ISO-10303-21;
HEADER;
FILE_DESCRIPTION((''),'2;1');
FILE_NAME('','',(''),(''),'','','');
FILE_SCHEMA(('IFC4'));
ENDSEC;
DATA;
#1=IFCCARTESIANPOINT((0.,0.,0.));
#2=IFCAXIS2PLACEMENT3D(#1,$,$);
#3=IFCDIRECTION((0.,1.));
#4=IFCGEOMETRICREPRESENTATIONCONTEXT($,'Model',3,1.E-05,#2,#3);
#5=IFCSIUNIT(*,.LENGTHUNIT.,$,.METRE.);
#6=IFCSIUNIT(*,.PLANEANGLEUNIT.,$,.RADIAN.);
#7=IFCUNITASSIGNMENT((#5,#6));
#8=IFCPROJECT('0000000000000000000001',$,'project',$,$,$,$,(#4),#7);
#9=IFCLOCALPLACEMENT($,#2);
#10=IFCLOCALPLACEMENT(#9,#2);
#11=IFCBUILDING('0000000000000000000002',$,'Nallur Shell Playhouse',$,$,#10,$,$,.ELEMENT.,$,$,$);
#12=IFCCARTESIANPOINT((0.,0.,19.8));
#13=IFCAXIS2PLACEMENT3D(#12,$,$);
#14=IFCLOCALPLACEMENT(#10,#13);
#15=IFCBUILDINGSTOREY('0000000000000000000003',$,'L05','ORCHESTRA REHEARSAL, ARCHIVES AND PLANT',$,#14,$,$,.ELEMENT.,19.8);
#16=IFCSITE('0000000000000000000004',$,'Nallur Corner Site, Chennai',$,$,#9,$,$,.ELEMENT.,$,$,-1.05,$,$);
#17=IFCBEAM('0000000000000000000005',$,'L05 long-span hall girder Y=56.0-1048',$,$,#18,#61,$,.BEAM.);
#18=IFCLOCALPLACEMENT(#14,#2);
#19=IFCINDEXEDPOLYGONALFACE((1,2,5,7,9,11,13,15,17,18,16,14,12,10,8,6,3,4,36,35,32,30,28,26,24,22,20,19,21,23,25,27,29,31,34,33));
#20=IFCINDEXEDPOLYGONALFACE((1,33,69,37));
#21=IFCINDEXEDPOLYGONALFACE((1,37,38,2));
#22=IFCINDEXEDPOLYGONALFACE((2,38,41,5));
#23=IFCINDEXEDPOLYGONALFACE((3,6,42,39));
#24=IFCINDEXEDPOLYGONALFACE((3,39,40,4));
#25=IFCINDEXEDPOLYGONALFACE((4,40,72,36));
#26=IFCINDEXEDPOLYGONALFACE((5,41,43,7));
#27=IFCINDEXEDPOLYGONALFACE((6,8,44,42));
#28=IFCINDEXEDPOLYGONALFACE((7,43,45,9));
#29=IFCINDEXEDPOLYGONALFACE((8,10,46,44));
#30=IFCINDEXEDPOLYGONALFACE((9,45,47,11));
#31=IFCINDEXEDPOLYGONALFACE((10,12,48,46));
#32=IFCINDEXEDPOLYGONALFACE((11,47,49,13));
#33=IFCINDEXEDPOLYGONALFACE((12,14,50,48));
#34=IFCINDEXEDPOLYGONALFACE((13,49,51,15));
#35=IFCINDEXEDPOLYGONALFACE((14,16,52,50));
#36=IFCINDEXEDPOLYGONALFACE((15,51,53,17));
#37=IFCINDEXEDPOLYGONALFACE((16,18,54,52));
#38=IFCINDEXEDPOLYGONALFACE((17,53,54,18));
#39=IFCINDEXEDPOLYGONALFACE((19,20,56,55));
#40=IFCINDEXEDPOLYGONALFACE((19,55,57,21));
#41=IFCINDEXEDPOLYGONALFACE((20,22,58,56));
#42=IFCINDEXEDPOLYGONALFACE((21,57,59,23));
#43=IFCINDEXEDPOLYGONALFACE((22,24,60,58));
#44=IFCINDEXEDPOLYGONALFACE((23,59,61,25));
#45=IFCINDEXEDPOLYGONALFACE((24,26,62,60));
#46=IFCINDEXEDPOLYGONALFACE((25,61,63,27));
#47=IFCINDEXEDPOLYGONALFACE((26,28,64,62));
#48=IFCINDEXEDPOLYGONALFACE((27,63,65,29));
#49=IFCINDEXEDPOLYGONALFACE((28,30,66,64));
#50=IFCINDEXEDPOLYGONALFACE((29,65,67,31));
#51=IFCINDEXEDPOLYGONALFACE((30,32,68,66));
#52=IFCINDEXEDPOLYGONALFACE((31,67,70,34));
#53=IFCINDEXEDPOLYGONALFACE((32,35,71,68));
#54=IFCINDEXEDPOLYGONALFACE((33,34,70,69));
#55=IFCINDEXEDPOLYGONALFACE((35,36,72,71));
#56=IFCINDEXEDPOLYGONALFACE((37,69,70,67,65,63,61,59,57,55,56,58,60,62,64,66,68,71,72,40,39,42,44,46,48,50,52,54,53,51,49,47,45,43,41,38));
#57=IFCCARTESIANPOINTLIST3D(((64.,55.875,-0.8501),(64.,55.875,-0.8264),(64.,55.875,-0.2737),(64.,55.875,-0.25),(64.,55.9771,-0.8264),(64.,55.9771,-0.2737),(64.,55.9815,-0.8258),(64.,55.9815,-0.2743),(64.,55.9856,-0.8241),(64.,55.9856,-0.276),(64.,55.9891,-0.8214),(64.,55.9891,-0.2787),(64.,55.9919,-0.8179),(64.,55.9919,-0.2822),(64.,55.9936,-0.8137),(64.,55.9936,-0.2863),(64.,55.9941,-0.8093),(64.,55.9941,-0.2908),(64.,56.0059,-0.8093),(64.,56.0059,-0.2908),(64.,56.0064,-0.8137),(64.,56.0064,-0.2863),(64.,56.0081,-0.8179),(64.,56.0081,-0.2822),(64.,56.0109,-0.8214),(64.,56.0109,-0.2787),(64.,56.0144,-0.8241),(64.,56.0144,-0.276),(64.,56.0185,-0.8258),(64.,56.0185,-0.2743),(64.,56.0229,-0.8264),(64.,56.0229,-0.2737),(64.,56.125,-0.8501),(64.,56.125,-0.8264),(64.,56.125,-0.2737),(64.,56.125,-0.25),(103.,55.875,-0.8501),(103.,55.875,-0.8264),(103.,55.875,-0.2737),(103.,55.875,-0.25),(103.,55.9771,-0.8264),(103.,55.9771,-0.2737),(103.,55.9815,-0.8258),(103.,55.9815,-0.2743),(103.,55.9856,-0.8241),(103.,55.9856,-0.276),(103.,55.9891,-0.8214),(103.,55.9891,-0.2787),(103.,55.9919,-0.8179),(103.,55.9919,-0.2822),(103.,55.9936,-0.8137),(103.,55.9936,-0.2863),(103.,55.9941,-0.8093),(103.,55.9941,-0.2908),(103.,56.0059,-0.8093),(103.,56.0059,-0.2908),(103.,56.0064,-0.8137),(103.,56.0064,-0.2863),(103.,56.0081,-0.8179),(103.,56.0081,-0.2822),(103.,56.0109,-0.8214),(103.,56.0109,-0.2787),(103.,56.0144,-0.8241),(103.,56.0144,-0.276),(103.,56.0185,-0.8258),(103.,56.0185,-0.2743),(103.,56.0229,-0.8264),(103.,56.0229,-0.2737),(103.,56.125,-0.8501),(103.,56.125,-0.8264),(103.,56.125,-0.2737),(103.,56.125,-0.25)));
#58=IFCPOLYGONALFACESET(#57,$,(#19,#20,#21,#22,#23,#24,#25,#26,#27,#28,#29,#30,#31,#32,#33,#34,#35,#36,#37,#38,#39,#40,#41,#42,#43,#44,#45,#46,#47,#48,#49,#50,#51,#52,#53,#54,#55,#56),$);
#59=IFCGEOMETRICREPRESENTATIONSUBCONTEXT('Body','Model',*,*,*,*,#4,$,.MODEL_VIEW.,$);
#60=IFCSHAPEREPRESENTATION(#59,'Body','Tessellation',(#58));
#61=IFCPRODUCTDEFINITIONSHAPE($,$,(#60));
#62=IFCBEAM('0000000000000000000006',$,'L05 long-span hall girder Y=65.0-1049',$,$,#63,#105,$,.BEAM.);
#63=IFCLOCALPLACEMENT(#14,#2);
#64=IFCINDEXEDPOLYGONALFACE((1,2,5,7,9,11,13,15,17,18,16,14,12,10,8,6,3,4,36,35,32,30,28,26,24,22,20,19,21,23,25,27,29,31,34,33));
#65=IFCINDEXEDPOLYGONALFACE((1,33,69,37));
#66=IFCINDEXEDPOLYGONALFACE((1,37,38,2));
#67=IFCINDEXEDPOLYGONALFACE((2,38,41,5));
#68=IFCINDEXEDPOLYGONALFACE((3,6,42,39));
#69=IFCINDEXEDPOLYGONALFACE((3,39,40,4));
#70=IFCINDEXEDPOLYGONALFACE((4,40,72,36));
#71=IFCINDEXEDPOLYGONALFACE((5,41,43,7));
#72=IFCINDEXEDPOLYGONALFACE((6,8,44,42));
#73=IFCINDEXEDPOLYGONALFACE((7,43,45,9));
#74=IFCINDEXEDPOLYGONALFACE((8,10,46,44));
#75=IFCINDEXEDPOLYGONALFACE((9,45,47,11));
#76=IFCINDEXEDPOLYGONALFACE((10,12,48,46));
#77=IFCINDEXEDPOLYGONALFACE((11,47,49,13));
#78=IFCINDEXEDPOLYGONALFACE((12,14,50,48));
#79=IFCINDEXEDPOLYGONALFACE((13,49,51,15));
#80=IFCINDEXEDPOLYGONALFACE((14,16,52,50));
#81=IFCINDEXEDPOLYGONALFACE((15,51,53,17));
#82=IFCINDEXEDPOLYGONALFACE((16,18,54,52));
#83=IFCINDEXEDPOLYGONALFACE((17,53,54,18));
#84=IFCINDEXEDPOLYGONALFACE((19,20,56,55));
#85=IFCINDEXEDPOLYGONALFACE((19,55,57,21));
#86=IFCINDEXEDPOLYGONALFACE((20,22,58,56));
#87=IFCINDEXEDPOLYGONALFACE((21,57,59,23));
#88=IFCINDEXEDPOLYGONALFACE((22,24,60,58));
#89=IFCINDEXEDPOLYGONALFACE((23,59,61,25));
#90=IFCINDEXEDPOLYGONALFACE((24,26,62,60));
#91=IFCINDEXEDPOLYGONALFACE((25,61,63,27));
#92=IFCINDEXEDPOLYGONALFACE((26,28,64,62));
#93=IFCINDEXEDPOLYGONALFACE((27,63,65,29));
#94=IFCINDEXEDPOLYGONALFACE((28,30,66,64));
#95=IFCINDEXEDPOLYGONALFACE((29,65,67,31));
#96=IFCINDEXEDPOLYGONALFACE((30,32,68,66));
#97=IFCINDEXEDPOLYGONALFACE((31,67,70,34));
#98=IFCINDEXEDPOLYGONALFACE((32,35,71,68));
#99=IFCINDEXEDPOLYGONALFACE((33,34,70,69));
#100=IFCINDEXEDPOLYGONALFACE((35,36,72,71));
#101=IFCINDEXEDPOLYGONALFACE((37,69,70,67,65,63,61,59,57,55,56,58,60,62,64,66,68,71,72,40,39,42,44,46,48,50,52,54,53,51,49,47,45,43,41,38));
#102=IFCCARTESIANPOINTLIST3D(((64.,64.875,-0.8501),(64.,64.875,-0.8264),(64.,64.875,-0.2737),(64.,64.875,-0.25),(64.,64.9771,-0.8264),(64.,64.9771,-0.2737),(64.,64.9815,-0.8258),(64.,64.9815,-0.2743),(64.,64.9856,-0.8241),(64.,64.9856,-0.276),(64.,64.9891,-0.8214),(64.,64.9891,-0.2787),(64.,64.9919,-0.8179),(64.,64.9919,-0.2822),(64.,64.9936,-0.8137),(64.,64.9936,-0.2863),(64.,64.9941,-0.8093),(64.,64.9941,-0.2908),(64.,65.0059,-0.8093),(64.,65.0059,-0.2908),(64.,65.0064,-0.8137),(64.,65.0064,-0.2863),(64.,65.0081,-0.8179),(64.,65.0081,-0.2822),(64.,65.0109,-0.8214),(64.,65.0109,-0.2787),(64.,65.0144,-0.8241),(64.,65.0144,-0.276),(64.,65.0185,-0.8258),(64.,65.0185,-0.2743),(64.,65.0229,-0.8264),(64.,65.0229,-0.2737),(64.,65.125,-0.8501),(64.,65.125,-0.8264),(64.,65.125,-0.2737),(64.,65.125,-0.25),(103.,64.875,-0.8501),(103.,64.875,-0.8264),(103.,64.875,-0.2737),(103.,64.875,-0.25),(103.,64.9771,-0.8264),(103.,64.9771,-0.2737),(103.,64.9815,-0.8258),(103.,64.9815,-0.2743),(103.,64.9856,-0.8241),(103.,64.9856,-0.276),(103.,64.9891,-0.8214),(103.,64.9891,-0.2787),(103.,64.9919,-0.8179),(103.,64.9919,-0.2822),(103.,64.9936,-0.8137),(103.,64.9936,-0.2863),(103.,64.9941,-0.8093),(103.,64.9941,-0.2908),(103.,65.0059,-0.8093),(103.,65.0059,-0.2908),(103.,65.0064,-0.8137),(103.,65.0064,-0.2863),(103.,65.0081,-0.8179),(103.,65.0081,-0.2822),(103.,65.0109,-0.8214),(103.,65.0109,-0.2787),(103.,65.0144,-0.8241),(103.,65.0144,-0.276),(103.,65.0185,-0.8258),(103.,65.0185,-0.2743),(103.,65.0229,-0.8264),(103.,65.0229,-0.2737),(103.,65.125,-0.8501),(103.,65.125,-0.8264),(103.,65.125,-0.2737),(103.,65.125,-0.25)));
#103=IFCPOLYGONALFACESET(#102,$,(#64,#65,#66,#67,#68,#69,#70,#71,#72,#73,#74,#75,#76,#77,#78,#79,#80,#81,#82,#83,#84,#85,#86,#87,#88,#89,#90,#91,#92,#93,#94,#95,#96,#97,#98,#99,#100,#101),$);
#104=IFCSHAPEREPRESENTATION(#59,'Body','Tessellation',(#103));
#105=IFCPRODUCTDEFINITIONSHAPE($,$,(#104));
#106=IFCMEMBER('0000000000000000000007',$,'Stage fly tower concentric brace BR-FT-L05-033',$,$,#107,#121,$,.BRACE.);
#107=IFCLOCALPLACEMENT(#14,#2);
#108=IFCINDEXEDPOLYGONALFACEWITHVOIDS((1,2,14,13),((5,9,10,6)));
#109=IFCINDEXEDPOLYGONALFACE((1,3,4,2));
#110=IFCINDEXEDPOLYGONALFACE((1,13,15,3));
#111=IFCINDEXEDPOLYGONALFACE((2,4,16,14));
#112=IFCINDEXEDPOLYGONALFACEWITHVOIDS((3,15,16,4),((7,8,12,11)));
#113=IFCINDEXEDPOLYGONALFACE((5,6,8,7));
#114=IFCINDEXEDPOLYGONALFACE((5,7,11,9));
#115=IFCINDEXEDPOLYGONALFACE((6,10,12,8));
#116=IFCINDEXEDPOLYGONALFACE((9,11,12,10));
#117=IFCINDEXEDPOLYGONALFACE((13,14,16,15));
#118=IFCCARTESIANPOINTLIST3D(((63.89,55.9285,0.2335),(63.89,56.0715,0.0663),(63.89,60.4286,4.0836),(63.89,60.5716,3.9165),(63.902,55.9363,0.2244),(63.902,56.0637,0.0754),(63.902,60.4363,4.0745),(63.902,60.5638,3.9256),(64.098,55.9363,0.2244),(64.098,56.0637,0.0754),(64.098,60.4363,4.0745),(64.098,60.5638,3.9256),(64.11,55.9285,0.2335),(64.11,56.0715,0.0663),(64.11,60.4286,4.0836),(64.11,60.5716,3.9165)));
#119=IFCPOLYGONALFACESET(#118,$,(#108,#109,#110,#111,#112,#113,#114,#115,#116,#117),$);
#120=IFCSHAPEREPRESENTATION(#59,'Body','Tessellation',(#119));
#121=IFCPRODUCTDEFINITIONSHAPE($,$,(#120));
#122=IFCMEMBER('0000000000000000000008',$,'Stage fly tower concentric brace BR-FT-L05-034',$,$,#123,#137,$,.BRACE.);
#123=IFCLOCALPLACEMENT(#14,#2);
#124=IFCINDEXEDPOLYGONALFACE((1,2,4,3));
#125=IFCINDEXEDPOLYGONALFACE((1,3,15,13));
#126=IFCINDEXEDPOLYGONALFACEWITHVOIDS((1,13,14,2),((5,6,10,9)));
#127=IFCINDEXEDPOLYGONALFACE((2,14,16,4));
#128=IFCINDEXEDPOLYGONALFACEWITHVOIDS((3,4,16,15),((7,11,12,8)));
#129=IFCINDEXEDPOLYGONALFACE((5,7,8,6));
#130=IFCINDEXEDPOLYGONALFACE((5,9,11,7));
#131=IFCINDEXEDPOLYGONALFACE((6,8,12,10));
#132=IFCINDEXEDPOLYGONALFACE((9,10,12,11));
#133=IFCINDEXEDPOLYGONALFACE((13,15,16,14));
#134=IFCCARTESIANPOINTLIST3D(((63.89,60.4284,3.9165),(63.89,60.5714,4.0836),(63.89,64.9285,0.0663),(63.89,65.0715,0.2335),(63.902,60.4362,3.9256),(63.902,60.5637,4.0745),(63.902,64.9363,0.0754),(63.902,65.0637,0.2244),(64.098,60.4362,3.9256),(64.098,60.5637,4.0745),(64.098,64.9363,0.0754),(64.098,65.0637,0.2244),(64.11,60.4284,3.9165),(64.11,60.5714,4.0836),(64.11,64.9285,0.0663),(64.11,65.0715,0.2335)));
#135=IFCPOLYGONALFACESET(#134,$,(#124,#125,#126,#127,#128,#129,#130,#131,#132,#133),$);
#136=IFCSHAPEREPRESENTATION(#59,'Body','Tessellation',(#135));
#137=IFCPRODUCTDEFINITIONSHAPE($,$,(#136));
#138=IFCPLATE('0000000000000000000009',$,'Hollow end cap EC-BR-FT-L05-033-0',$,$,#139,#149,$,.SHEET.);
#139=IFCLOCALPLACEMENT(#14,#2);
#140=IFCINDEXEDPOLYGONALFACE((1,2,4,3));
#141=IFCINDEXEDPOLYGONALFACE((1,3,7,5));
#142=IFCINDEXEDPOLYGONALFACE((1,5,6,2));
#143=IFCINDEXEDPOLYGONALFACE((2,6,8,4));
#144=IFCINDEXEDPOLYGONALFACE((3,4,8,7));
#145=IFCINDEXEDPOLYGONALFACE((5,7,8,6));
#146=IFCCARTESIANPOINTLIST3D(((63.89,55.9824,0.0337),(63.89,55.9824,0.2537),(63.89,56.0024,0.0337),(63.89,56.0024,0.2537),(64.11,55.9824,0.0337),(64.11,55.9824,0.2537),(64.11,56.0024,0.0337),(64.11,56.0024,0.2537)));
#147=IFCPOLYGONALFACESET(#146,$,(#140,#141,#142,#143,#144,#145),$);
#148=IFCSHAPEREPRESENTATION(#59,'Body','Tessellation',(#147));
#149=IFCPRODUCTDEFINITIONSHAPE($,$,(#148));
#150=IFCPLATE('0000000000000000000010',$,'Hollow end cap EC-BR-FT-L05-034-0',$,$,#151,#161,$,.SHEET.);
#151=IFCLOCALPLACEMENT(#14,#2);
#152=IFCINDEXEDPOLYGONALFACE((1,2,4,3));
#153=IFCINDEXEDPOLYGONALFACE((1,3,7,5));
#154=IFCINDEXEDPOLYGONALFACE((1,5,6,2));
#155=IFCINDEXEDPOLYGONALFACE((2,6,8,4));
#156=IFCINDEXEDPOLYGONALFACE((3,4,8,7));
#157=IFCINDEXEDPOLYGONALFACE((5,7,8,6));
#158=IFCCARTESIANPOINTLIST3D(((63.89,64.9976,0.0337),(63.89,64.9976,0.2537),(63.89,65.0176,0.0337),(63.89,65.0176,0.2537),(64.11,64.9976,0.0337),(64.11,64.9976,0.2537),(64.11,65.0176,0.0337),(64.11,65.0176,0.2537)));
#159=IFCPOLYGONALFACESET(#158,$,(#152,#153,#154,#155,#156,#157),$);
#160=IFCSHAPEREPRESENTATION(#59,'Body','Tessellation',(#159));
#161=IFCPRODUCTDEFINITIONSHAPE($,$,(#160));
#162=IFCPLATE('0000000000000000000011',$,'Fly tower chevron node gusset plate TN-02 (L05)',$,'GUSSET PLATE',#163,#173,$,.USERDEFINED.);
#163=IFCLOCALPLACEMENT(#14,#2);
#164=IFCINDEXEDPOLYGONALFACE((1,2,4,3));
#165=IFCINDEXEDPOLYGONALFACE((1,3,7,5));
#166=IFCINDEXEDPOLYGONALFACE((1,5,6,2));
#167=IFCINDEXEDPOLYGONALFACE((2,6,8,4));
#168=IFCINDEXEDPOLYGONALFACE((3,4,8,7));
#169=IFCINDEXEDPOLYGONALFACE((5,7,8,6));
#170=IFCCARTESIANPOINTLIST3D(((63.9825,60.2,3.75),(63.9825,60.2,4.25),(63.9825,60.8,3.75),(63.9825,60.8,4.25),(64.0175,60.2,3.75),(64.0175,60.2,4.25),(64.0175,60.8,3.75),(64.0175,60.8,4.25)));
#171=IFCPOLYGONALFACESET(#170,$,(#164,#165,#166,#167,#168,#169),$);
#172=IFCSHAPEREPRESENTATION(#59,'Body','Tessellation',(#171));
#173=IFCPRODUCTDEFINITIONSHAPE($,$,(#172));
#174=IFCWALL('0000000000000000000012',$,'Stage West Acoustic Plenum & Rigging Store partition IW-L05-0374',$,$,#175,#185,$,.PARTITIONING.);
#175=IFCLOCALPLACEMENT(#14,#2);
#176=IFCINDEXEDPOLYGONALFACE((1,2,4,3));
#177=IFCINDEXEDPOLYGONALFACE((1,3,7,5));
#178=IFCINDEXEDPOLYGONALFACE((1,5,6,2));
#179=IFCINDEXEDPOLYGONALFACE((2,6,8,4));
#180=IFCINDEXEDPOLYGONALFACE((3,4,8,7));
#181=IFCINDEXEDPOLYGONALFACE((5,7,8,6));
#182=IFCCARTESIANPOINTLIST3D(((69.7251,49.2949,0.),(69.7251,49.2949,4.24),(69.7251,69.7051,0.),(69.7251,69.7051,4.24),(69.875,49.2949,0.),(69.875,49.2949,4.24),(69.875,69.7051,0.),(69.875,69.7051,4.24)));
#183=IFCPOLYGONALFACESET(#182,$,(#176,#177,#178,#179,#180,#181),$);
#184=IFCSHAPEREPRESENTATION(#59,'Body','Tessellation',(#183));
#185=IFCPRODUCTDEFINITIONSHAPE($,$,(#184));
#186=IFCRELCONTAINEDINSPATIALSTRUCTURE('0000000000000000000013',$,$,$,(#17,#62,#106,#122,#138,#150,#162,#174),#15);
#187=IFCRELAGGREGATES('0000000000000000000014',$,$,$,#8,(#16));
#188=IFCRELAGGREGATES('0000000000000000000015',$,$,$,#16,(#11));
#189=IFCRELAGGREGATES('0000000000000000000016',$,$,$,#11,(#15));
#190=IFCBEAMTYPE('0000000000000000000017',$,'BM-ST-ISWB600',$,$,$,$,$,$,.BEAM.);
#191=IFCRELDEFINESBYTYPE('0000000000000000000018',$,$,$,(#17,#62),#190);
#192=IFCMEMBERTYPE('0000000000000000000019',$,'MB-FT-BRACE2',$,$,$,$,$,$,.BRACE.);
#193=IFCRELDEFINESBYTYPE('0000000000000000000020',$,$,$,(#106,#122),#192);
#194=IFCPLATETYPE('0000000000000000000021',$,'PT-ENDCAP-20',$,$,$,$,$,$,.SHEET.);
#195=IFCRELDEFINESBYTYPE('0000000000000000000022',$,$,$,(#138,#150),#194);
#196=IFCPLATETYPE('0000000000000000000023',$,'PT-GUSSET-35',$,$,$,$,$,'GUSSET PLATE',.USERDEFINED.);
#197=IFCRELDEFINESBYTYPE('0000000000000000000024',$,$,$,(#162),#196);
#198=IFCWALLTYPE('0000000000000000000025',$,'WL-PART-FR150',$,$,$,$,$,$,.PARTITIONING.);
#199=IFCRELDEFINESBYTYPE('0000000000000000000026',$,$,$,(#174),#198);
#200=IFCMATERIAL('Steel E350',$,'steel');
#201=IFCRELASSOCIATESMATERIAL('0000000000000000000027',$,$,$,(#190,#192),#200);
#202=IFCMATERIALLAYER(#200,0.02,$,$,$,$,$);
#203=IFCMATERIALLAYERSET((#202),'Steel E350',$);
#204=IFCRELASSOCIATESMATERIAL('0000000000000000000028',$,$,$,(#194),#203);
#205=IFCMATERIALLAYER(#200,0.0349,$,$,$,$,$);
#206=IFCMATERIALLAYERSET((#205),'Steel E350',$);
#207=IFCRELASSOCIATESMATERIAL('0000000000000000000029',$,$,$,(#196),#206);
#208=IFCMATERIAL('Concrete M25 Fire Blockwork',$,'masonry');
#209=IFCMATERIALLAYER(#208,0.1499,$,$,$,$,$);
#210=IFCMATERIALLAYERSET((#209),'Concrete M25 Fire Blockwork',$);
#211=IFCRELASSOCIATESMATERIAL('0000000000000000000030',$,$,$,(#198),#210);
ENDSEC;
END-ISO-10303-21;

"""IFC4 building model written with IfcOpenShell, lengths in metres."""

from ifc_helpers import new_model, si_unit, direction, frame, frame_2d, origin, origin_2d, place, context, subcontext, project, spatial, rectangle, hollow_rectangle, i_section, extrude, material, layer, layer_set, material_profile, profile_set, type_object, element, save


model = new_model("IFC4")

# Units and contexts
model_context = context("Model", 3, precision=1e-05, world=origin(), true_north=direction((0.0, 1.0)))
body_context = subcontext(model_context, "Body", "Model", "MODEL_VIEW")
ifc_project = project(units=[si_unit("LENGTHUNIT", "METRE"), si_unit("PLANEANGLEUNIT", "RADIAN")], contexts=[model_context])

# Site, building, storey
site_placement = place(None, origin())
site = spatial("IfcSite", under=ifc_project, at=site_placement, Name="Nallur Corner Site, Chennai", CompositionType="ELEMENT", RefElevation=-1.05)
building_placement = place(site_placement, origin())
building = spatial("IfcBuilding", under=site, at=building_placement, Name="Nallur Shell Playhouse", CompositionType="ELEMENT")
storey_placement = place(building_placement, frame((0.0, 0.0, 19.8)))
storey = spatial("IfcBuildingStorey", under=building, at=storey_placement, Name="L05", Description="ORCHESTRA REHEARSAL, ARCHIVES AND PLANT", CompositionType="ELEMENT", Elevation=19.8)

# Shared definitions
ifc_material_1 = material(Name="Steel E350", Category="steel")

# Beams
ifc_material_profile_1 = material_profile(ifc_material_1, i_section(OverallWidth=0.25, OverallDepth=0.6001, WebThickness=0.0117, FlangeThickness=0.0237, FilletRadius=0.0171, at=origin_2d()), Name="ISWB 600")
ifc_profile_set_1 = profile_set([ifc_material_profile_1], Name="Steel E350")
beam_type_1 = type_object("IfcBeamType", Name="BM-ST-ISWB600", PredefinedType="BEAM", material=ifc_profile_set_1)
for number, where, z_axis, x_axis, name in (
    (1, (64.0, 56.0, -0.55), (1.0, 0.0, 0.0), (0.0, 1.0, 0.0), "L05 long-span hall girder Y=56.0-1048"),
    (2, (64.0, 65.0, -0.55), (1.0, 0.0, 0.0), (0.0, 1.0, 0.0), "L05 long-span hall girder Y=65.0-1049"),
):
    element("IfcBeam", number, at=place(storey_placement, frame(where, z_axis=z_axis, x_axis=x_axis)), inside=storey, type_object=beam_type_1, Name=name, PredefinedType="BEAM", context=body_context, shape_type="SweptSolid", body=[
        extrude(i_section(OverallWidth=0.25, OverallDepth=0.6001, WebThickness=0.0117, FlangeThickness=0.0237, FilletRadius=0.0171, at=origin_2d()), origin(), (0.0, 0.0, 1.0), 39.0),
    ])

# Members
ifc_material_profile_2 = material_profile(ifc_material_1, hollow_rectangle(XDim=0.22, YDim=0.22, WallThickness=0.012, at=origin_2d()), Name="SHS 220x220x12")
ifc_profile_set_2 = profile_set([ifc_material_profile_2], Name="Steel E350")
member_type = type_object("IfcMemberType", Name="MB-FT-BRACE2", PredefinedType="BRACE", material=ifc_profile_set_2)
for number, where, z_axis, x_axis, name in (
    (3, (64.0, 56.0, 0.1499), (0.0, 0.759844, 0.650105), (-1.0, 0.0, 0.0), "Stage fly tower concentric brace BR-FT-L05-033"),
    (4, (64.0, 65.0, 0.1499), (0.0, -0.759844, 0.650105), (1.0, 0.0, 0.0), "Stage fly tower concentric brace BR-FT-L05-034"),
):
    element("IfcMember", number, at=place(storey_placement, frame(where, z_axis=z_axis, x_axis=x_axis)), inside=storey, type_object=member_type, Name=name, PredefinedType="BRACE", context=body_context, shape_type="SweptSolid", body=[
        extrude(hollow_rectangle(XDim=0.22, YDim=0.22, WallThickness=0.012, at=origin_2d()), origin(), (0.0, 0.0, 1.0), 5.9224),
    ])

# Plates
ifc_layer_1 = layer(ifc_material_1, 0.02)
ifc_layer_set_1 = layer_set([ifc_layer_1], Name="Steel E350")
plate_type_1 = type_object("IfcPlateType", Name="PT-ENDCAP-20", PredefinedType="SHEET", material=ifc_layer_set_1)
for number, where, z_axis, x_axis, name in (
    (5, (64.0, 55.9924, 0.0337), (0.0, 0.0, 1.0), (1.0, 0.0, 0.0), "Hollow end cap EC-BR-FT-L05-033-0"),
    (6, (64.0, 65.0076, 0.0337), (0.0, 0.0, 1.0), (1.0, 0.0, 0.0), "Hollow end cap EC-BR-FT-L05-034-0"),
):
    element("IfcPlate", number, at=place(storey_placement, frame(where, z_axis=z_axis, x_axis=x_axis)), inside=storey, type_object=plate_type_1, Name=name, PredefinedType="SHEET", context=body_context, shape_type="SweptSolid", body=[
        extrude(rectangle(XDim=0.22, YDim=0.02, at=origin_2d()), origin(), (0.0, 0.0, 1.0), 0.22),
    ])
ifc_layer_2 = layer(ifc_material_1, 0.0349)
ifc_layer_set_2 = layer_set([ifc_layer_2], Name="Steel E350")
plate_type_2 = type_object("IfcPlateType", Name="PT-GUSSET-35", ElementType="GUSSET PLATE", PredefinedType="USERDEFINED", material=ifc_layer_set_2)
plate_placement = place(storey_placement, frame((64.0, 60.5, 3.75), z_axis=(0.0, 0.0, 1.0), x_axis=(1.0, 0.0, 0.0)))
element("IfcPlate", 7, at=plate_placement, inside=storey, type_object=plate_type_2, Name="Fly tower chevron node gusset plate TN-02 (L05)", ObjectType="GUSSET PLATE", PredefinedType="USERDEFINED", context=body_context, shape_type="SweptSolid", body=[
    extrude(rectangle(XDim=0.0349, YDim=0.6001, at=origin_2d()), origin(), (0.0, 0.0, 1.0), 0.5),
])

# Shared definitions
ifc_material_2 = material(Name="Concrete M25 Fire Blockwork", Category="masonry")
ifc_layer_3 = layer(ifc_material_2, 0.1499)
ifc_layer_set_3 = layer_set([ifc_layer_3], Name="Concrete M25 Fire Blockwork")
wall_type = type_object("IfcWallType", Name="WL-PART-FR150", PredefinedType="PARTITIONING", material=ifc_layer_set_3)

# Wall
wall_1_placement = place(storey_placement, frame((69.8, 69.7051, 0.0), z_axis=(0.0, 0.0, 1.0), x_axis=(0.0, -1.0, 0.0)))
element("IfcWall", 8, at=wall_1_placement, inside=storey, type_object=wall_type, Name="Stage West Acoustic Plenum & Rigging Store partition IW-L05-0374", PredefinedType="PARTITIONING", context=body_context, shape_type="SweptSolid", body=[
    extrude(rectangle(XDim=20.4102, YDim=0.1499, at=frame_2d((10.2051, 0.0))), origin(), (0.0, 0.0, 1.0), 4.24),
])

save(model, "model.ifc")
